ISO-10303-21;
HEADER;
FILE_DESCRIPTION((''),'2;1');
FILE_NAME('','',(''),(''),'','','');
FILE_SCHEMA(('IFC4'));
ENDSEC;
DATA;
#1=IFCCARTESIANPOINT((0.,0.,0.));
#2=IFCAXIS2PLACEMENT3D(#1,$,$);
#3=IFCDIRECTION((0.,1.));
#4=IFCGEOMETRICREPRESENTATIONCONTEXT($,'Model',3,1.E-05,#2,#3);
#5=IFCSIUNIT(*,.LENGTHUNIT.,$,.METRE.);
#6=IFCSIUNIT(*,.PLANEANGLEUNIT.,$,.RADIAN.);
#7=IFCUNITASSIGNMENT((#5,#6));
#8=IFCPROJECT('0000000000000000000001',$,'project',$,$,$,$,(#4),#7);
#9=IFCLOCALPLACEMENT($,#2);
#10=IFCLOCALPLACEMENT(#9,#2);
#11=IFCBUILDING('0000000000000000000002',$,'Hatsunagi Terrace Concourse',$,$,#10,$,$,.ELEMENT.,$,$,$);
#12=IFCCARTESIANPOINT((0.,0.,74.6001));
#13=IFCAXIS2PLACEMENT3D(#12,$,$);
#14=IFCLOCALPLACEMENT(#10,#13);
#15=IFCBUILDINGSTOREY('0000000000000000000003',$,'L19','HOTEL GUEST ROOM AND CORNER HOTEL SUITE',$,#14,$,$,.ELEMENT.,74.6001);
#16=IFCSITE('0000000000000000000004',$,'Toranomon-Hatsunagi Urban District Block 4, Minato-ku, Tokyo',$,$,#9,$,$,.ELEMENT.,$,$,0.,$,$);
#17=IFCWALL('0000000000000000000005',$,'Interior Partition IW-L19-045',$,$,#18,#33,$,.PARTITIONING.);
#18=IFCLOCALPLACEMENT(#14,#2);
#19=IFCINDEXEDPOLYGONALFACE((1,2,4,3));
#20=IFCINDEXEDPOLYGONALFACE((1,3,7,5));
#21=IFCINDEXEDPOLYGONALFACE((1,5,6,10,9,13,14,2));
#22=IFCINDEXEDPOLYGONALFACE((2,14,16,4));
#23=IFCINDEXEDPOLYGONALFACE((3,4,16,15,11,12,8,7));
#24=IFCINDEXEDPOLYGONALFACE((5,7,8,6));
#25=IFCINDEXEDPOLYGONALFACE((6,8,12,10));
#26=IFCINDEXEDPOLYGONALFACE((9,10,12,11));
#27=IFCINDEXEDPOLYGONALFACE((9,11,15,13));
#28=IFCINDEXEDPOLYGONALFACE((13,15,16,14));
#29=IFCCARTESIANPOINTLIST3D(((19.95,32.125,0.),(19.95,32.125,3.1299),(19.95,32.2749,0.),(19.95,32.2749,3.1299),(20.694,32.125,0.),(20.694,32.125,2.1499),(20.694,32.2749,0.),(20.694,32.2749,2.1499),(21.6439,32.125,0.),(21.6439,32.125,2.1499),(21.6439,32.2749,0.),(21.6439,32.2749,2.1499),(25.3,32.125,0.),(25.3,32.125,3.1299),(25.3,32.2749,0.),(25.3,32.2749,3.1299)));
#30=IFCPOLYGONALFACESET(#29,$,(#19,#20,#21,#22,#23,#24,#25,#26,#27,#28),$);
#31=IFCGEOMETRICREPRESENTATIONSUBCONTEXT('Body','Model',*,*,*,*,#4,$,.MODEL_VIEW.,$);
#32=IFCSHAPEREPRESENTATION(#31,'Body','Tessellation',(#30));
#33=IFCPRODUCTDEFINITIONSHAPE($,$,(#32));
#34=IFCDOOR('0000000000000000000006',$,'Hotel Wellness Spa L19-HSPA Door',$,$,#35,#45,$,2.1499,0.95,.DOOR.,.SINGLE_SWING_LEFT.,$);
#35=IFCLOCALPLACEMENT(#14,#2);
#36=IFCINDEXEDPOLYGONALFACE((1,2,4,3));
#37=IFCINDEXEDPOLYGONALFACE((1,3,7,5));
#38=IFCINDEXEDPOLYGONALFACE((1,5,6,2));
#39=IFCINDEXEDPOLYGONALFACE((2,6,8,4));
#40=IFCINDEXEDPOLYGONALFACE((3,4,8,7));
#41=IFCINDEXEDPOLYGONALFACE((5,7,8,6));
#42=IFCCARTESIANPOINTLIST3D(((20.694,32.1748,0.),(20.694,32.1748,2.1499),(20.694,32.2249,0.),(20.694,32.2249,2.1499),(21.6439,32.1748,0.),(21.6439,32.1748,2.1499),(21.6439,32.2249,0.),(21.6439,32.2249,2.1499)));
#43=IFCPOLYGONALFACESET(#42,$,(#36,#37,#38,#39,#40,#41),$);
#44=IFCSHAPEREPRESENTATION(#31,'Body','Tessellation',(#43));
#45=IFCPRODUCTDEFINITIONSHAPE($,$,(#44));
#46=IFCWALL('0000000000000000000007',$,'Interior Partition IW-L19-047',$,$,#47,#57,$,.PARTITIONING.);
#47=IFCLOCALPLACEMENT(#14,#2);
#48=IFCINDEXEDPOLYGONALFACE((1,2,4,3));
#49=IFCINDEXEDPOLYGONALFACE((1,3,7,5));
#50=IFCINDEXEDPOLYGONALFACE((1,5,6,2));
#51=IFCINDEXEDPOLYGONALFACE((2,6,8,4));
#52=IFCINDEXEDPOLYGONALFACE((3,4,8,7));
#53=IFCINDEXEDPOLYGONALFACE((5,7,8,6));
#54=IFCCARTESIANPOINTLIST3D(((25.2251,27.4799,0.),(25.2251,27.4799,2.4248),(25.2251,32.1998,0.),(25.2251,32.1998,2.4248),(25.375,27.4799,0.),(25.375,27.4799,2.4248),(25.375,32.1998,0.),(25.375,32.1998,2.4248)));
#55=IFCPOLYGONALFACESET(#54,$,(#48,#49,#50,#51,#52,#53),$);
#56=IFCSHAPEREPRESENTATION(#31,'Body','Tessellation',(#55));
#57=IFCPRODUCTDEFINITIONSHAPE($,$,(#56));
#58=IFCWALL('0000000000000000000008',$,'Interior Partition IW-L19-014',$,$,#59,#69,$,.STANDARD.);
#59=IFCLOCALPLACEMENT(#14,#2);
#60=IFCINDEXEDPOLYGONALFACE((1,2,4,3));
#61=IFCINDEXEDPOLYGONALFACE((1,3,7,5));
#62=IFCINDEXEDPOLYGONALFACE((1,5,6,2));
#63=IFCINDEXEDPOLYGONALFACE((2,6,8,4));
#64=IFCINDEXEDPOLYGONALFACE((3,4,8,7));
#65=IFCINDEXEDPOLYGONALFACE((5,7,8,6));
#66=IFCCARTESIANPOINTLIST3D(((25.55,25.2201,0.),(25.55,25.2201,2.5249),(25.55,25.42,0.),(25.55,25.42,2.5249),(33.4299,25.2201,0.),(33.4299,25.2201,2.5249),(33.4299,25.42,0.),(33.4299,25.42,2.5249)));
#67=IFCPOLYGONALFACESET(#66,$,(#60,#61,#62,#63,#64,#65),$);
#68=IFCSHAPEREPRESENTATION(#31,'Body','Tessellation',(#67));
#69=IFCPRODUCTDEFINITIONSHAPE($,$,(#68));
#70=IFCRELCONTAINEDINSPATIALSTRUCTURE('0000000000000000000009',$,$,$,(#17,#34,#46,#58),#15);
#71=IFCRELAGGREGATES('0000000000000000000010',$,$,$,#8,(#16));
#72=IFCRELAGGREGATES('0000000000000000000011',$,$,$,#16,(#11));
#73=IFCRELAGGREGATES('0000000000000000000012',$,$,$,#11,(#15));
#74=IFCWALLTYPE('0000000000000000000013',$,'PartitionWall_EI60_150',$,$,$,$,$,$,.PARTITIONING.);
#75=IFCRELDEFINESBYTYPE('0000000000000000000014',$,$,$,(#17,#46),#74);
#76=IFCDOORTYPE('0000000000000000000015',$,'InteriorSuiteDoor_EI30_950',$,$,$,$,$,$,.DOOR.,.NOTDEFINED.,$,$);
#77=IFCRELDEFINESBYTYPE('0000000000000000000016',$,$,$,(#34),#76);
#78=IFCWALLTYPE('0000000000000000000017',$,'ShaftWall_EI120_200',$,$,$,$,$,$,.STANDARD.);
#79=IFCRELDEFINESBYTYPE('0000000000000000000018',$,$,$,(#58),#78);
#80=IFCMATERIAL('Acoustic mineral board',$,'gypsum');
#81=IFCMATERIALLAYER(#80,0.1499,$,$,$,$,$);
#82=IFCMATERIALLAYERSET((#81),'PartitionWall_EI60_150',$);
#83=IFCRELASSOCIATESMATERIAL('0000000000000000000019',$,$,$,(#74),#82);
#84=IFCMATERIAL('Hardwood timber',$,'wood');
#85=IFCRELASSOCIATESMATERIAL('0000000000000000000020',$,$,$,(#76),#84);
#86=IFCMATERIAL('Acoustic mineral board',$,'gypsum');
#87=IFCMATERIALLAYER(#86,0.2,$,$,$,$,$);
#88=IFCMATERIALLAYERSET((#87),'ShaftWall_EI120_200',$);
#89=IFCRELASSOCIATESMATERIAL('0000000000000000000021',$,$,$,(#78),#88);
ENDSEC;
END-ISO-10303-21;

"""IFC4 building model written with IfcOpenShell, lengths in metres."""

from ifc_helpers import new_model, si_unit, direction, frame, frame_2d, origin, place, context, subcontext, project, spatial, rectangle, extrude, material, layer, layer_set, type_object, element, fill, save


model = new_model("IFC4")

# Units and contexts
model_context = context("Model", 3, precision=1e-05, world=origin(), true_north=direction((0.0, 1.0)))
body_context = subcontext(model_context, "Body", "Model", "MODEL_VIEW")
ifc_project = project(units=[si_unit("LENGTHUNIT", "METRE"), si_unit("PLANEANGLEUNIT", "RADIAN")], contexts=[model_context])

# Site, building, storey
site_placement = place(None, origin())
site = spatial("IfcSite", under=ifc_project, at=site_placement, Name="Toranomon-Hatsunagi Urban District Block 4, Minato-ku, Tokyo", CompositionType="ELEMENT", RefElevation=0.0)
building_placement = place(site_placement, origin())
building = spatial("IfcBuilding", under=site, at=building_placement, Name="Hatsunagi Terrace Concourse", CompositionType="ELEMENT")
storey_placement = place(building_placement, frame((0.0, 0.0, 74.6001)))
storey = spatial("IfcBuildingStorey", under=building, at=storey_placement, Name="L19", Description="HOTEL GUEST ROOM AND CORNER HOTEL SUITE", CompositionType="ELEMENT", Elevation=74.6001)

# Shared definitions
ifc_material_1 = material(Name="Acoustic mineral board", Category="gypsum")
ifc_layer_1 = layer(ifc_material_1, 0.1499)
ifc_layer_set_1 = layer_set([ifc_layer_1], Name="PartitionWall_EI60_150")
wall_type_1 = type_object("IfcWallType", Name="PartitionWall_EI60_150", PredefinedType="PARTITIONING", material=ifc_layer_set_1)

# Wall, opening, door
wall_1_placement = place(storey_placement, frame((19.95, 32.2, 0.0), z_axis=(0.0, 0.0, 1.0), x_axis=(1.0, 0.0, 0.0)))
wall_1 = element("IfcWall", 1, at=wall_1_placement, inside=storey, type_object=wall_type_1, Name="Interior Partition IW-L19-045", PredefinedType="PARTITIONING", context=body_context, shape_type="SweptSolid", body=[
    extrude(rectangle(XDim=5.3501, YDim=0.1499, at=frame_2d((2.675, 0.0))), origin(), (0.0, 0.0, 1.0), 3.1299),
])
opening_1_placement = place(wall_1_placement, frame((0.7439, 0.0, 0.0)))
opening_1 = element("IfcOpeningElement", 2, at=opening_1_placement, cuts=wall_1, PredefinedType="OPENING", context=body_context, shape_type="SweptSolid", body=[
    extrude(rectangle(XDim=0.95, YDim=2.1499, at=frame_2d((0.4751, 1.075))), frame((0.0, 0.085, 0.0), z_axis=(0.0, -1.0, 0.0), x_axis=(1.0, 0.0, 0.0)), (0.0, 0.0, 1.0), 0.1699),
])
ifc_material_2 = material(Name="Hardwood timber", Category="wood")
door_type_1 = type_object("IfcDoorType", Name="InteriorSuiteDoor_EI30_950", OperationType="NOTDEFINED", PredefinedType="DOOR", material=ifc_material_2)
door_1_placement = place(opening_1_placement, origin())
door_1 = element("IfcDoor", 3, at=door_1_placement, inside=storey, type_object=door_type_1, Name="Hotel Wellness Spa L19-HSPA Door", OperationType="SINGLE_SWING_LEFT", OverallHeight=2.1499, OverallWidth=0.95, PredefinedType="DOOR", context=body_context, shape_type="SweptSolid", body=[
    extrude(rectangle(XDim=0.95, YDim=2.1499, at=frame_2d((0.4751, 1.075))), frame((0.0, 0.0249, 0.0), z_axis=(0.0, -1.0, 0.0), x_axis=(1.0, 0.0, 0.0)), (0.0, 0.0, 1.0), 0.05),
])
fill(opening_1, door_1)

# Wall
wall_2_placement = place(storey_placement, frame((25.3, 27.48, 0.0), z_axis=(0.0, 0.0, 1.0), x_axis=(0.0, 1.0, 0.0)))
element("IfcWall", 4, at=wall_2_placement, inside=storey, type_object=wall_type_1, Name="Interior Partition IW-L19-047", PredefinedType="PARTITIONING", context=body_context, shape_type="SweptSolid", body=[
    extrude(rectangle(XDim=4.72, YDim=0.1499, at=frame_2d((2.3599, 0.0))), origin(), (0.0, 0.0, 1.0), 2.4248),
])

# Wall
ifc_material_3 = material(Name="Acoustic mineral board", Category="gypsum")
ifc_layer_2 = layer(ifc_material_3, 0.2)
ifc_layer_set_2 = layer_set([ifc_layer_2], Name="ShaftWall_EI120_200")
wall_type_2 = type_object("IfcWallType", Name="ShaftWall_EI120_200", PredefinedType="STANDARD", material=ifc_layer_set_2)
wall_3_placement = place(storey_placement, frame((25.55, 25.3201, 0.0), z_axis=(0.0, 0.0, 1.0), x_axis=(1.0, 0.0, 0.0)))
element("IfcWall", 5, at=wall_3_placement, inside=storey, type_object=wall_type_2, Name="Interior Partition IW-L19-014", PredefinedType="STANDARD", context=body_context, shape_type="SweptSolid", body=[
    extrude(rectangle(XDim=7.8799, YDim=0.2, at=frame_2d((3.9399, 0.0))), origin(), (0.0, 0.0, 1.0), 2.5249),
])

save(model, "model.ifc")
